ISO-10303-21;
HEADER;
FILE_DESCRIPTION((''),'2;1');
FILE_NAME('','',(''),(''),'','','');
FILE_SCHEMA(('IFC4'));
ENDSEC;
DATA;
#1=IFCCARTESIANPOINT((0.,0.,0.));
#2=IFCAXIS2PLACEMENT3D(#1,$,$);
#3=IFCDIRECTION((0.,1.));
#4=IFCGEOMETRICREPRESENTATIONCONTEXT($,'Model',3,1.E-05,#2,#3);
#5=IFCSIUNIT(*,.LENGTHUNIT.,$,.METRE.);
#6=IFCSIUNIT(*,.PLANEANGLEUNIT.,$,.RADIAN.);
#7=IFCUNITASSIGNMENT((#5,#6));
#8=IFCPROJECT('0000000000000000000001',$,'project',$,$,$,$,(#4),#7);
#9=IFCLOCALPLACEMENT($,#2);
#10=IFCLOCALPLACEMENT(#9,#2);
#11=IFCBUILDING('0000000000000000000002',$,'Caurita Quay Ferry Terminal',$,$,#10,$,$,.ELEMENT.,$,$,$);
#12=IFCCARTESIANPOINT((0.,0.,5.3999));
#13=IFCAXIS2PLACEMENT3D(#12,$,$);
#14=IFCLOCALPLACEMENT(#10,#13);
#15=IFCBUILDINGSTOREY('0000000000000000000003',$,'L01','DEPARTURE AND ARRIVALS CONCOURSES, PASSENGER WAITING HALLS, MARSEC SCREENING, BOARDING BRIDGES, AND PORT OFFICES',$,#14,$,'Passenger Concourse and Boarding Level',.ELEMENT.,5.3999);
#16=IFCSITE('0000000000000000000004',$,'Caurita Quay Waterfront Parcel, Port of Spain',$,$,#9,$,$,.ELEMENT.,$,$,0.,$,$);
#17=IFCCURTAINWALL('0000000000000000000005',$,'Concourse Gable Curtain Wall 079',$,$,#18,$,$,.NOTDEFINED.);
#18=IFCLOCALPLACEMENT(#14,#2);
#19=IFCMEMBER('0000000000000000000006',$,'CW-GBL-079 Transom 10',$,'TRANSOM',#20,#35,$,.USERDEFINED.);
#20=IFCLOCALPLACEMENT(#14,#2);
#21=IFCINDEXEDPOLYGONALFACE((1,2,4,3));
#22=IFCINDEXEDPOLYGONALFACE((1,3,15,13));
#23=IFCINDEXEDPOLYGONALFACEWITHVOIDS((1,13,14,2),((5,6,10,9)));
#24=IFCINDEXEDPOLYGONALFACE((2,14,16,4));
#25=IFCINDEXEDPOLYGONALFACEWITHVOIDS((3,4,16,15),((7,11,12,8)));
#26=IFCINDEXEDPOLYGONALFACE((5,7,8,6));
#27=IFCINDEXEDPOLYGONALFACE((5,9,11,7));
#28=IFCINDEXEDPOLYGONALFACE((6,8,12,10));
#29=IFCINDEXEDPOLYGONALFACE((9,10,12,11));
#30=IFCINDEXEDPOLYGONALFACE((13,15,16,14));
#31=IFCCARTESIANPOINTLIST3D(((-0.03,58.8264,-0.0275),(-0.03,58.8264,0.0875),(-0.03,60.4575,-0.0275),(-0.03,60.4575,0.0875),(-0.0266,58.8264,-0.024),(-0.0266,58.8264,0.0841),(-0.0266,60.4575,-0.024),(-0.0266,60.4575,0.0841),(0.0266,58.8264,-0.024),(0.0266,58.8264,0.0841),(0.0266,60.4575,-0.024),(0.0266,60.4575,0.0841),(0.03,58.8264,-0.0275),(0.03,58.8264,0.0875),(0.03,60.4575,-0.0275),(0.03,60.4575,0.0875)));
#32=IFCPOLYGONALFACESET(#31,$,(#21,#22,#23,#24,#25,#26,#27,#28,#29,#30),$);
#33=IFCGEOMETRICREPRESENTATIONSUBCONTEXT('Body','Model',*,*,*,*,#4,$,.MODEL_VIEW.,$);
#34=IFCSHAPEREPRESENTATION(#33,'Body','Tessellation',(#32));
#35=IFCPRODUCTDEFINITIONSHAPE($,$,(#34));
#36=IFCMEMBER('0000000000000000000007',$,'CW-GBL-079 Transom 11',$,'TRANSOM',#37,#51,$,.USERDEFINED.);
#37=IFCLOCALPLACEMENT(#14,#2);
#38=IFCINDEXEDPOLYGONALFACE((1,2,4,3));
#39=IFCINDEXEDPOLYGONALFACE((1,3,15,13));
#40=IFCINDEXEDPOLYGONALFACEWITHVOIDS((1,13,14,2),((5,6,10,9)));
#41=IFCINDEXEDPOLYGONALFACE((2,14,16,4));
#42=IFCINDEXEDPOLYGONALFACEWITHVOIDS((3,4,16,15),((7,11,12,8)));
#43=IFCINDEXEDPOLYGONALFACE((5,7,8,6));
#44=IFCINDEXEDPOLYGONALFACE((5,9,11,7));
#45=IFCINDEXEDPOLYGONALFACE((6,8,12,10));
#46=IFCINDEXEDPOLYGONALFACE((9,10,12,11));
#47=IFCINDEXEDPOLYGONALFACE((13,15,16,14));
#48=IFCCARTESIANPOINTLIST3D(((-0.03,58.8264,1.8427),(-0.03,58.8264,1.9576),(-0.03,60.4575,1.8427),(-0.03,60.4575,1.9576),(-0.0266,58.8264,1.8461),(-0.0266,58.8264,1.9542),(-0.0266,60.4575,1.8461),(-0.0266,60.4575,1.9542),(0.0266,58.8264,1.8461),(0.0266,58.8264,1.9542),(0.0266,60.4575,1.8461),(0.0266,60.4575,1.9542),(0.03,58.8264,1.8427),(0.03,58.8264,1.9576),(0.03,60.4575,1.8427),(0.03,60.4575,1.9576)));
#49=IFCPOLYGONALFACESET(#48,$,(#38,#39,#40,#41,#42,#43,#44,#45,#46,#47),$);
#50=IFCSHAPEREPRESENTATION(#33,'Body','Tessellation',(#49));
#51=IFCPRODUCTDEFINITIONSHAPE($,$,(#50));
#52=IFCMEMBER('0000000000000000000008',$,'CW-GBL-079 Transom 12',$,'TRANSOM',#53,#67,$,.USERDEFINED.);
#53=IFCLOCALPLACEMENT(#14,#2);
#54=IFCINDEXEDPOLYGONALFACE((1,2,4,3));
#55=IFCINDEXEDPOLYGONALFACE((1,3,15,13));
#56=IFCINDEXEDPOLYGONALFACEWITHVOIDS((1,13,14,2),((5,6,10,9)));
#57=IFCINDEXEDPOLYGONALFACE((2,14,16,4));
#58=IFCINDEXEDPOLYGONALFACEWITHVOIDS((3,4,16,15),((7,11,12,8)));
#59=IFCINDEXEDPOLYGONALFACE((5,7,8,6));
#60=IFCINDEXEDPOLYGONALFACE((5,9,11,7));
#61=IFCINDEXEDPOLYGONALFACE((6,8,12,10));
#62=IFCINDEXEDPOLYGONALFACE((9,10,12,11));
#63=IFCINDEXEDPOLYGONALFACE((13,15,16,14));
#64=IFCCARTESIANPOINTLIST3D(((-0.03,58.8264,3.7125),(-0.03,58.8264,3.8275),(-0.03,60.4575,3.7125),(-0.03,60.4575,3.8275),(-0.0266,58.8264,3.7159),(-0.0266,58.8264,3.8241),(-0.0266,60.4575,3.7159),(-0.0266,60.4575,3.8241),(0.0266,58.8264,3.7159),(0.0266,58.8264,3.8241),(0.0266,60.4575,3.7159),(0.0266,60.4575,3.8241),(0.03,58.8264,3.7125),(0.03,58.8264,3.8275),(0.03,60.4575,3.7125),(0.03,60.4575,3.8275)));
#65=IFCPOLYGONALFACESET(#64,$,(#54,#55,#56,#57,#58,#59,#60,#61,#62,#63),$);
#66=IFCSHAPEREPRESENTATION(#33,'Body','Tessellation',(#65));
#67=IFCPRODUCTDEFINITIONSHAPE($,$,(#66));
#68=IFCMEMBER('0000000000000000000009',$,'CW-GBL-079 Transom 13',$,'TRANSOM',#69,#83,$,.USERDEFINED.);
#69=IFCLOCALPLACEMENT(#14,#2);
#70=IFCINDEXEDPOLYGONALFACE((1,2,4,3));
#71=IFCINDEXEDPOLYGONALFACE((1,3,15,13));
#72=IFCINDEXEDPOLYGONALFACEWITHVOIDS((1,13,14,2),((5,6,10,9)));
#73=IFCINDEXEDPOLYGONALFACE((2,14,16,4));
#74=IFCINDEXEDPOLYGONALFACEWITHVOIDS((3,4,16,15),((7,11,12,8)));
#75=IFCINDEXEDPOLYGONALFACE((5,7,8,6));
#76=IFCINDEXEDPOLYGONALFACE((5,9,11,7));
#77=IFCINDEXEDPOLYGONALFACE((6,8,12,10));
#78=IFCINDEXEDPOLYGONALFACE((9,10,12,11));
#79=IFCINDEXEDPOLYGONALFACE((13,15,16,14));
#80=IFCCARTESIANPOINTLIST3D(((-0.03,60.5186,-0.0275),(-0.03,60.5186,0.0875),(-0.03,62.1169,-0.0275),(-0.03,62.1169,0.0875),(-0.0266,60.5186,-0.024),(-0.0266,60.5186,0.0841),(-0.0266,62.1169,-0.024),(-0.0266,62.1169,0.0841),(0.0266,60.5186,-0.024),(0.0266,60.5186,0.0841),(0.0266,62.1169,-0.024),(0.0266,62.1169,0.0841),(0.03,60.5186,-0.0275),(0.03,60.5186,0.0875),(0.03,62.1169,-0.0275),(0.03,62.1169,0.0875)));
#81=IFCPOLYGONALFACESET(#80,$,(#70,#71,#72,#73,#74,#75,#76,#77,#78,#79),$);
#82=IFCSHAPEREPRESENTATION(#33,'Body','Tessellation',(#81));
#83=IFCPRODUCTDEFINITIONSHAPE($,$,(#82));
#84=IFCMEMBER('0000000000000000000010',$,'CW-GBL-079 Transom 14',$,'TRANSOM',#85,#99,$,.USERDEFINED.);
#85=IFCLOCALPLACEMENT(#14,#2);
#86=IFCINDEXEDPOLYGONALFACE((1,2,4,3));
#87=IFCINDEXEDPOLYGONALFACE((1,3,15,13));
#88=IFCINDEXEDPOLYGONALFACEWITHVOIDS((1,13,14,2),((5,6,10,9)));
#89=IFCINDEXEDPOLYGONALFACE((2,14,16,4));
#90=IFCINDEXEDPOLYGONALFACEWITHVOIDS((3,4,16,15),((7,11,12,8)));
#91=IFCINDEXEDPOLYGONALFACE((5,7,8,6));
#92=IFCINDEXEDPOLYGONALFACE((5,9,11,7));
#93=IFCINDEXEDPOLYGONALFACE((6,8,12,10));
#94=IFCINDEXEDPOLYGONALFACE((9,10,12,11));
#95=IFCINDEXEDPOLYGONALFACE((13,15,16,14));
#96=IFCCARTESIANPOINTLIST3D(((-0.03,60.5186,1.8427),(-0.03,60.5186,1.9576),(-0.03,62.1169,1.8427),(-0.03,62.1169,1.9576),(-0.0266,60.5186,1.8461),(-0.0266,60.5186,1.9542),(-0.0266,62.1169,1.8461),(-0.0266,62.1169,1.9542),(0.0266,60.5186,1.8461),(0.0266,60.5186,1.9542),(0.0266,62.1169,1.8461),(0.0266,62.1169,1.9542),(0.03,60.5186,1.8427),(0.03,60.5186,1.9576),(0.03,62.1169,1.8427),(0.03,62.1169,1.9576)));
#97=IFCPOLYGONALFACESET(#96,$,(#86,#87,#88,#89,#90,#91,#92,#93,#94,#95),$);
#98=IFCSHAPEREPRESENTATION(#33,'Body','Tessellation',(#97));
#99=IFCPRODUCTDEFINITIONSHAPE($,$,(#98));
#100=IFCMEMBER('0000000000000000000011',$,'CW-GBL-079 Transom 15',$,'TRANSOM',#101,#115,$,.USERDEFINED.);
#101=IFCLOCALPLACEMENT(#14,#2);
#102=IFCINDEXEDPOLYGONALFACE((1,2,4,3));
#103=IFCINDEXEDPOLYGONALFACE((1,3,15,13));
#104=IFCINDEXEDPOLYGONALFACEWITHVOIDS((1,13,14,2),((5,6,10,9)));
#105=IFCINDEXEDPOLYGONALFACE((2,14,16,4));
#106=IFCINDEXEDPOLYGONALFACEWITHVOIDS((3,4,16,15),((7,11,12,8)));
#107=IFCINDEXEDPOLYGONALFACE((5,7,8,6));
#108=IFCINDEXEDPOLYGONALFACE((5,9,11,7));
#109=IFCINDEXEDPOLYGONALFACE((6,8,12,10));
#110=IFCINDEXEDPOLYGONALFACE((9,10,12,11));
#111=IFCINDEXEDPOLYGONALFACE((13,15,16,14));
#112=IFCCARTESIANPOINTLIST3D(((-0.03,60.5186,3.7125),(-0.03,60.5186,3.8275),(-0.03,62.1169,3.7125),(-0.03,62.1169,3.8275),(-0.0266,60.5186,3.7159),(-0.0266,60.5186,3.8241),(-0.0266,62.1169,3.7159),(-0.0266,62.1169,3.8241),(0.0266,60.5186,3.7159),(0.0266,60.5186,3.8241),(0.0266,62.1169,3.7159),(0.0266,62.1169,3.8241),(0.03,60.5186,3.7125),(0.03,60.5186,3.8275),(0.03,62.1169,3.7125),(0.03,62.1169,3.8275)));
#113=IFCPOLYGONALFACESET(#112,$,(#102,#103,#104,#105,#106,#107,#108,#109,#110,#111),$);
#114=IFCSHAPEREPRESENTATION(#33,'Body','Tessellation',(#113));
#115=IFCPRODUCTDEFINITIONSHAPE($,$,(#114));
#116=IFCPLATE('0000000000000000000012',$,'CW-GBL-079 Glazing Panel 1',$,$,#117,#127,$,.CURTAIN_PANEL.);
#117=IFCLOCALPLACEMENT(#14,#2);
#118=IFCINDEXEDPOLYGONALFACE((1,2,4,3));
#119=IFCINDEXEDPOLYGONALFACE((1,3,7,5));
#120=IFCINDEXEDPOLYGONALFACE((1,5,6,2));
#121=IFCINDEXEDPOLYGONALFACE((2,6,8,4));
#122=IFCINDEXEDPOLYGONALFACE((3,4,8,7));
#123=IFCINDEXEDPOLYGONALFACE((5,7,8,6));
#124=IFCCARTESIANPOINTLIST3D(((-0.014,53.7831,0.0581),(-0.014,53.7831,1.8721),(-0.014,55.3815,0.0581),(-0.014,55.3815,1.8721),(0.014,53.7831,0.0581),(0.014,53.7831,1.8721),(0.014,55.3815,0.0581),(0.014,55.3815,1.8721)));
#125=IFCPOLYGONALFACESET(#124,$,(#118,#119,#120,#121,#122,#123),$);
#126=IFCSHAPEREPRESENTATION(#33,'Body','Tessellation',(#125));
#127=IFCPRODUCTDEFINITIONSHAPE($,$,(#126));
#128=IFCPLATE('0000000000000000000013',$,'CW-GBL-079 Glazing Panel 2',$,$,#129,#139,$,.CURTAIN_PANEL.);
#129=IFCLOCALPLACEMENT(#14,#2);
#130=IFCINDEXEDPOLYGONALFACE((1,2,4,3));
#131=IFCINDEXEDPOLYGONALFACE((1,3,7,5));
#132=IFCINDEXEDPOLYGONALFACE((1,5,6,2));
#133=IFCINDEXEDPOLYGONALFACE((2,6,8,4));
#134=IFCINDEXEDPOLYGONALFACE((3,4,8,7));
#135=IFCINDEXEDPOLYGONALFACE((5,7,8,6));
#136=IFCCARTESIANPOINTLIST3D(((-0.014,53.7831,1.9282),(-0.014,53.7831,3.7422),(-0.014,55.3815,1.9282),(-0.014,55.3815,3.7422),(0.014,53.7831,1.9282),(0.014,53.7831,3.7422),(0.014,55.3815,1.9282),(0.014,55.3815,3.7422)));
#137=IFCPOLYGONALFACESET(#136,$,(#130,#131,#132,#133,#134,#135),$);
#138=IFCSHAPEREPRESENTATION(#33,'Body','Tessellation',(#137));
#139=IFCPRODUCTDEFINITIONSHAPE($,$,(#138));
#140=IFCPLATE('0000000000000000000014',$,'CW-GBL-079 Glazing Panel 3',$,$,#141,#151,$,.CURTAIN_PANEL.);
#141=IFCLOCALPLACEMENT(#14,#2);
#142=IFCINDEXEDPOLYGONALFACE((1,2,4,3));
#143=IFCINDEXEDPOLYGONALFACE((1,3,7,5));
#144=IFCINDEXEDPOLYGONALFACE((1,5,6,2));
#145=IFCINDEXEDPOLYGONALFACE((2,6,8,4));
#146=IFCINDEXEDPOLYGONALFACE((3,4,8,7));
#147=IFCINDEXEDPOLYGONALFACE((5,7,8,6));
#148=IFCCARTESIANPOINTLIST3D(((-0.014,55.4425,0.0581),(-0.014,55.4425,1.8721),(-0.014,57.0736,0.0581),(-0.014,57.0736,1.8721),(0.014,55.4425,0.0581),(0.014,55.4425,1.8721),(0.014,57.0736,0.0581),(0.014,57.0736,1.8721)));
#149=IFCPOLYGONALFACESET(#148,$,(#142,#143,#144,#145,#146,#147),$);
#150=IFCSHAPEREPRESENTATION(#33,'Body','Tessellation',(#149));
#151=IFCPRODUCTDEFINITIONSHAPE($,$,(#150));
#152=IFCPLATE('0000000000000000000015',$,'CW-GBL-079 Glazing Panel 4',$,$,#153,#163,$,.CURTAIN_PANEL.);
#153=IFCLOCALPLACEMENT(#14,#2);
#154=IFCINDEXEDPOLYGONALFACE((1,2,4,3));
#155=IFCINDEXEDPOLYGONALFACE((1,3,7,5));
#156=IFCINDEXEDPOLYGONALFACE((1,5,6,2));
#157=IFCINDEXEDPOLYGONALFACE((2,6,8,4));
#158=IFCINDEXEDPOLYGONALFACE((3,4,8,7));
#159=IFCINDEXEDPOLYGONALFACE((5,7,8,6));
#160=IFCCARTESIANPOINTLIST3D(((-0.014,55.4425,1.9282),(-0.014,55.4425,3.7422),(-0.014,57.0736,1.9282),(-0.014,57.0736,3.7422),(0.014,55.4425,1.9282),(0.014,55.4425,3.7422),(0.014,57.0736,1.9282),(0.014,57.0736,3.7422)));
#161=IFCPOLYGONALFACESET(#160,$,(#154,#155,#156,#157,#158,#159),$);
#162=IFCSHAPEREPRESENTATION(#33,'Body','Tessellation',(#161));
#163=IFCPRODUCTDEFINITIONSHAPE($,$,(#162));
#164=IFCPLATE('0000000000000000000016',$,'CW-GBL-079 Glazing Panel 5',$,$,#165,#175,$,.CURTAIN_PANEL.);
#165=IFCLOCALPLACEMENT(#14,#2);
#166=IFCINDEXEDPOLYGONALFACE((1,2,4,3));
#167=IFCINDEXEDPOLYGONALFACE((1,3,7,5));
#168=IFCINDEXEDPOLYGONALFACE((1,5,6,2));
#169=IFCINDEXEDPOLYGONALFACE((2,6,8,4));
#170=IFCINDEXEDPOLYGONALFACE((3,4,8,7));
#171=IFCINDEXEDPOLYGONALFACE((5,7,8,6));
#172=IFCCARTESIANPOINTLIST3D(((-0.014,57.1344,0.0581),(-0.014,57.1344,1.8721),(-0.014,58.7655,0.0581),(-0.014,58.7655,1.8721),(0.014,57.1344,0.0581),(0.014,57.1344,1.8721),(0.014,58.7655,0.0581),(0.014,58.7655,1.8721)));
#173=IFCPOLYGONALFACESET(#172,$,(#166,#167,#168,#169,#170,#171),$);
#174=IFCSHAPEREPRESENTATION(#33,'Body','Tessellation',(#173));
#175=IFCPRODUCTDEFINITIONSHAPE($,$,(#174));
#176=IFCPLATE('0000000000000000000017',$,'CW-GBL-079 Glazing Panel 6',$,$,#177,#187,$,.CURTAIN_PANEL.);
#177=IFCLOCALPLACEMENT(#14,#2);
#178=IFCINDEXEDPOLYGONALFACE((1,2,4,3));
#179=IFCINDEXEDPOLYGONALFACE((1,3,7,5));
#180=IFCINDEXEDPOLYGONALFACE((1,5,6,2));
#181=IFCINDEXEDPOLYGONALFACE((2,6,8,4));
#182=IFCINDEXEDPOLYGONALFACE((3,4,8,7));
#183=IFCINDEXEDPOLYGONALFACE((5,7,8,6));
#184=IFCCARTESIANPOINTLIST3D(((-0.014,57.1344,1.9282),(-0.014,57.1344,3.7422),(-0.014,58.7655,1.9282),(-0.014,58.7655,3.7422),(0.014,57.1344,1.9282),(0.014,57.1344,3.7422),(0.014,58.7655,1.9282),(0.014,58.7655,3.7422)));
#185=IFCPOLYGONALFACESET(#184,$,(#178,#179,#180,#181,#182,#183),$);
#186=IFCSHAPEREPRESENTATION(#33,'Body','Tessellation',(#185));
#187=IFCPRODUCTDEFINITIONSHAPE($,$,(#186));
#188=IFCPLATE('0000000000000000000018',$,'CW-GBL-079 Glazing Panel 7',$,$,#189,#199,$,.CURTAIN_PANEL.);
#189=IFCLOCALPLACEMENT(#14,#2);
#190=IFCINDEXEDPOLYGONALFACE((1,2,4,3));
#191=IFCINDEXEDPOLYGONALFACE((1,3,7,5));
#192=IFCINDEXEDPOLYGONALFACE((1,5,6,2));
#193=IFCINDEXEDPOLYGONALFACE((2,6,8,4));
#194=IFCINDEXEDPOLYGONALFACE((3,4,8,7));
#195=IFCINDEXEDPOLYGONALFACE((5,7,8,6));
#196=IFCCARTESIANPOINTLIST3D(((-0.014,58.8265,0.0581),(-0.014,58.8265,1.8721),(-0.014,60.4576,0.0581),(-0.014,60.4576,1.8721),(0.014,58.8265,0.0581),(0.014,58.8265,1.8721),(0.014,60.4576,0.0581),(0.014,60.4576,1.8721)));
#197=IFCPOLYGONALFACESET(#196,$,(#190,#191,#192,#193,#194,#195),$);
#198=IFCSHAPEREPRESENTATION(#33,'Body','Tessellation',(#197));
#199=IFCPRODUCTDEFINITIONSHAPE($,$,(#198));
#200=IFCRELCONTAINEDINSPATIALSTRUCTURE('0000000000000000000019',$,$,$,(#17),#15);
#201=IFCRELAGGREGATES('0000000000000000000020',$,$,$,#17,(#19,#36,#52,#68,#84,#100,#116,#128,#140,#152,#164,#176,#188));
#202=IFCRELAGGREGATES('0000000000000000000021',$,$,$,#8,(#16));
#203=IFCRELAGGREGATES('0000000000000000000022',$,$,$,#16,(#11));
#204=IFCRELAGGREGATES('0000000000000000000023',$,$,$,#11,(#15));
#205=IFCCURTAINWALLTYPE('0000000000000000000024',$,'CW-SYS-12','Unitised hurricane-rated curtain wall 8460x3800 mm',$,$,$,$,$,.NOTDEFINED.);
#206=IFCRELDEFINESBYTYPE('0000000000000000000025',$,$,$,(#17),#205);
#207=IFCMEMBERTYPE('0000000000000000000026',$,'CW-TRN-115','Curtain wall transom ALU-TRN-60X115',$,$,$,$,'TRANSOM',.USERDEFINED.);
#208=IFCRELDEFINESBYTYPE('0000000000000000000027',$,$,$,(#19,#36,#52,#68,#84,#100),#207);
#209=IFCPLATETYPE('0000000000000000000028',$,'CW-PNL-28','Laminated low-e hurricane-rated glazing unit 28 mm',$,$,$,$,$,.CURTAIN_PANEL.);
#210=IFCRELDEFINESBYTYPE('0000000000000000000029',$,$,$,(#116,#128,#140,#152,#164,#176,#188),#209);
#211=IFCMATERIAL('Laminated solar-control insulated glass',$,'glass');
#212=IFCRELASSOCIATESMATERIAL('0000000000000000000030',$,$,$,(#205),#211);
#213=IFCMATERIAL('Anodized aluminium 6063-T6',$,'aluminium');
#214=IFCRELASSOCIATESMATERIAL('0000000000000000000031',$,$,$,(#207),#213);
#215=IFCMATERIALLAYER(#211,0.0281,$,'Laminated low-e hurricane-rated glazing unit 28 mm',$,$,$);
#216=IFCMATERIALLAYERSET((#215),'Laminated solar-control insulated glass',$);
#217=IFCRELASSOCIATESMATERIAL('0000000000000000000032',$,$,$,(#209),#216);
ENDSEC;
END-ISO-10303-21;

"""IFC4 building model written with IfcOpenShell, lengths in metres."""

from ifc_helpers import new_model, si_unit, direction, frame, origin, origin_2d, place, context, subcontext, project, spatial, rectangle, hollow_rectangle, extrude, material, layer, layer_set, material_profile, profile_set, type_object, element, aggregate, save


model = new_model("IFC4")

# Units and contexts
model_context = context("Model", 3, precision=1e-05, world=origin(), true_north=direction((0.0, 1.0)))
body_context = subcontext(model_context, "Body", "Model", "MODEL_VIEW")
ifc_project = project(units=[si_unit("LENGTHUNIT", "METRE"), si_unit("PLANEANGLEUNIT", "RADIAN")], contexts=[model_context])

# Site, building, storey
site_placement = place(None, origin())
site = spatial("IfcSite", under=ifc_project, at=site_placement, Name="Caurita Quay Waterfront Parcel, Port of Spain", CompositionType="ELEMENT", RefElevation=0.0)
building_placement = place(site_placement, origin())
building = spatial("IfcBuilding", under=site, at=building_placement, Name="Caurita Quay Ferry Terminal", CompositionType="ELEMENT")
storey_placement = place(building_placement, frame((0.0, 0.0, 5.3999)))
storey = spatial("IfcBuildingStorey", under=building, at=storey_placement, Name="L01", Description="DEPARTURE AND ARRIVALS CONCOURSES, PASSENGER WAITING HALLS, MARSEC SCREENING, BOARDING BRIDGES, AND PORT OFFICES", LongName="Passenger Concourse and Boarding Level", CompositionType="ELEMENT", Elevation=5.3999)

# Curtain wall, members, plates
ifc_material_1 = material(Name="Laminated solar-control insulated glass", Category="glass")
curtain_wall_type = type_object("IfcCurtainWallType", Name="CW-SYS-12", Description="Unitised hurricane-rated curtain wall 8460x3800 mm", PredefinedType="NOTDEFINED", material=ifc_material_1)
curtain_wall_placement = place(storey_placement, origin())
curtain_wall = element("IfcCurtainWall", 1, at=curtain_wall_placement, inside=storey, type_object=curtain_wall_type, Name="Concourse Gable Curtain Wall 079", PredefinedType="NOTDEFINED")
ifc_material_2 = material(Name="Anodized aluminium 6063-T6", Category="aluminium")
ifc_material_profile_1 = material_profile(ifc_material_2, hollow_rectangle(XDim=0.0601, YDim=0.115, WallThickness=0.0034, at=origin_2d()), Name="ALU-TRN-60X115")
ifc_profile_set_1 = profile_set([ifc_material_profile_1], Name="Anodized aluminium 6063-T6")
member_type_1 = type_object("IfcMemberType", Name="CW-TRN-115", Description="Curtain wall transom ALU-TRN-60X115", ElementType="TRANSOM", PredefinedType="USERDEFINED", material=ifc_profile_set_1)
member_1_placement = place(storey_placement, frame((0.0, 58.8264, 0.03), z_axis=(0.0, 1.0, 0.0), x_axis=(-1.0, 0.0, 0.0)))
member_1 = element("IfcMember", 2, at=member_1_placement, type_object=member_type_1, Name="CW-GBL-079 Transom 10", ObjectType="TRANSOM", PredefinedType="USERDEFINED", context=body_context, shape_type="SweptSolid", body=[
    extrude(hollow_rectangle(XDim=0.0601, YDim=0.115, WallThickness=0.0034, at=origin_2d()), origin(), (0.0, 0.0, 1.0), 1.6311),
])
member_2_placement = place(storey_placement, frame((0.0, 58.8264, 1.9001), z_axis=(0.0, 1.0, 0.0), x_axis=(-1.0, 0.0, 0.0)))
member_2 = element("IfcMember", 3, at=member_2_placement, type_object=member_type_1, Name="CW-GBL-079 Transom 11", ObjectType="TRANSOM", PredefinedType="USERDEFINED", context=body_context, shape_type="SweptSolid", body=[
    extrude(hollow_rectangle(XDim=0.0601, YDim=0.115, WallThickness=0.0034, at=origin_2d()), origin(), (0.0, 0.0, 1.0), 1.6311),
])
member_3_placement = place(storey_placement, frame((0.0, 58.8264, 3.77), z_axis=(0.0, 1.0, 0.0), x_axis=(-1.0, 0.0, 0.0)))
member_3 = element("IfcMember", 4, at=member_3_placement, type_object=member_type_1, Name="CW-GBL-079 Transom 12", ObjectType="TRANSOM", PredefinedType="USERDEFINED", context=body_context, shape_type="SweptSolid", body=[
    extrude(hollow_rectangle(XDim=0.0601, YDim=0.115, WallThickness=0.0034, at=origin_2d()), origin(), (0.0, 0.0, 1.0), 1.6311),
])
member_4_placement = place(storey_placement, frame((0.0, 60.5186, 0.03), z_axis=(0.0, 1.0, 0.0), x_axis=(-1.0, 0.0, 0.0)))
member_4 = element("IfcMember", 5, at=member_4_placement, type_object=member_type_1, Name="CW-GBL-079 Transom 13", ObjectType="TRANSOM", PredefinedType="USERDEFINED", context=body_context, shape_type="SweptSolid", body=[
    extrude(hollow_rectangle(XDim=0.0601, YDim=0.115, WallThickness=0.0034, at=origin_2d()), origin(), (0.0, 0.0, 1.0), 1.5984),
])
member_5_placement = place(storey_placement, frame((0.0, 60.5186, 1.9001), z_axis=(0.0, 1.0, 0.0), x_axis=(-1.0, 0.0, 0.0)))
member_5 = element("IfcMember", 6, at=member_5_placement, type_object=member_type_1, Name="CW-GBL-079 Transom 14", ObjectType="TRANSOM", PredefinedType="USERDEFINED", context=body_context, shape_type="SweptSolid", body=[
    extrude(hollow_rectangle(XDim=0.0601, YDim=0.115, WallThickness=0.0034, at=origin_2d()), origin(), (0.0, 0.0, 1.0), 1.5984),
])
member_6_placement = place(storey_placement, frame((0.0, 60.5186, 3.77), z_axis=(0.0, 1.0, 0.0), x_axis=(-1.0, 0.0, 0.0)))
member_6 = element("IfcMember", 7, at=member_6_placement, type_object=member_type_1, Name="CW-GBL-079 Transom 15", ObjectType="TRANSOM", PredefinedType="USERDEFINED", context=body_context, shape_type="SweptSolid", body=[
    extrude(hollow_rectangle(XDim=0.0601, YDim=0.115, WallThickness=0.0034, at=origin_2d()), origin(), (0.0, 0.0, 1.0), 1.5984),
])
ifc_layer_1 = layer(ifc_material_1, 0.0281, Name="Laminated low-e hurricane-rated glazing unit 28 mm")
ifc_layer_set_1 = layer_set([ifc_layer_1], Name="Laminated solar-control insulated glass")
plate_type = type_object("IfcPlateType", Name="CW-PNL-28", Description="Laminated low-e hurricane-rated glazing unit 28 mm", PredefinedType="CURTAIN_PANEL", material=ifc_layer_set_1)
plate_1_placement = place(storey_placement, frame((0.0, 54.5823, 0.0581), z_axis=(0.0, 0.0, 1.0), x_axis=(0.0, 1.0, 0.0)))
plate_1 = element("IfcPlate", 8, at=plate_1_placement, type_object=plate_type, Name="CW-GBL-079 Glazing Panel 1", PredefinedType="CURTAIN_PANEL", context=body_context, shape_type="SweptSolid", body=[
    extrude(rectangle(XDim=1.5984, YDim=0.0281, at=origin_2d()), origin(), (0.0, 0.0, 1.0), 1.814),
])
plate_2_placement = place(storey_placement, frame((0.0, 54.5823, 1.9282), z_axis=(0.0, 0.0, 1.0), x_axis=(0.0, 1.0, 0.0)))
plate_2 = element("IfcPlate", 9, at=plate_2_placement, type_object=plate_type, Name="CW-GBL-079 Glazing Panel 2", PredefinedType="CURTAIN_PANEL", context=body_context, shape_type="SweptSolid", body=[
    extrude(rectangle(XDim=1.5984, YDim=0.0281, at=origin_2d()), origin(), (0.0, 0.0, 1.0), 1.814),
])
plate_3_placement = place(storey_placement, frame((0.0, 56.2581, 0.0581), z_axis=(0.0, 0.0, 1.0), x_axis=(0.0, 1.0, 0.0)))
plate_3 = element("IfcPlate", 10, at=plate_3_placement, type_object=plate_type, Name="CW-GBL-079 Glazing Panel 3", PredefinedType="CURTAIN_PANEL", context=body_context, shape_type="SweptSolid", body=[
    extrude(rectangle(XDim=1.6311, YDim=0.0281, at=origin_2d()), origin(), (0.0, 0.0, 1.0), 1.814),
])
plate_4_placement = place(storey_placement, frame((0.0, 56.2581, 1.9282), z_axis=(0.0, 0.0, 1.0), x_axis=(0.0, 1.0, 0.0)))
plate_4 = element("IfcPlate", 11, at=plate_4_placement, type_object=plate_type, Name="CW-GBL-079 Glazing Panel 4", PredefinedType="CURTAIN_PANEL", context=body_context, shape_type="SweptSolid", body=[
    extrude(rectangle(XDim=1.6311, YDim=0.0281, at=origin_2d()), origin(), (0.0, 0.0, 1.0), 1.814),
])
plate_5_placement = place(storey_placement, frame((0.0, 57.95, 0.0581), z_axis=(0.0, 0.0, 1.0), x_axis=(0.0, 1.0, 0.0)))
plate_5 = element("IfcPlate", 12, at=plate_5_placement, type_object=plate_type, Name="CW-GBL-079 Glazing Panel 5", PredefinedType="CURTAIN_PANEL", context=body_context, shape_type="SweptSolid", body=[
    extrude(rectangle(XDim=1.6311, YDim=0.0281, at=origin_2d()), origin(), (0.0, 0.0, 1.0), 1.814),
])
plate_6_placement = place(storey_placement, frame((0.0, 57.95, 1.9282), z_axis=(0.0, 0.0, 1.0), x_axis=(0.0, 1.0, 0.0)))
plate_6 = element("IfcPlate", 13, at=plate_6_placement, type_object=plate_type, Name="CW-GBL-079 Glazing Panel 6", PredefinedType="CURTAIN_PANEL", context=body_context, shape_type="SweptSolid", body=[
    extrude(rectangle(XDim=1.6311, YDim=0.0281, at=origin_2d()), origin(), (0.0, 0.0, 1.0), 1.814),
])
plate_7_placement = place(storey_placement, frame((0.0, 59.6421, 0.0581), z_axis=(0.0, 0.0, 1.0), x_axis=(0.0, 1.0, 0.0)))
plate_7 = element("IfcPlate", 14, at=plate_7_placement, type_object=plate_type, Name="CW-GBL-079 Glazing Panel 7", PredefinedType="CURTAIN_PANEL", context=body_context, shape_type="SweptSolid", body=[
    extrude(rectangle(XDim=1.6311, YDim=0.0281, at=origin_2d()), origin(), (0.0, 0.0, 1.0), 1.814),
])
aggregate(curtain_wall, [member_1, member_2, member_3, member_4, member_5, member_6, plate_1, plate_2, plate_3, plate_4, plate_5, plate_6, plate_7])

save(model, "model.ifc")
